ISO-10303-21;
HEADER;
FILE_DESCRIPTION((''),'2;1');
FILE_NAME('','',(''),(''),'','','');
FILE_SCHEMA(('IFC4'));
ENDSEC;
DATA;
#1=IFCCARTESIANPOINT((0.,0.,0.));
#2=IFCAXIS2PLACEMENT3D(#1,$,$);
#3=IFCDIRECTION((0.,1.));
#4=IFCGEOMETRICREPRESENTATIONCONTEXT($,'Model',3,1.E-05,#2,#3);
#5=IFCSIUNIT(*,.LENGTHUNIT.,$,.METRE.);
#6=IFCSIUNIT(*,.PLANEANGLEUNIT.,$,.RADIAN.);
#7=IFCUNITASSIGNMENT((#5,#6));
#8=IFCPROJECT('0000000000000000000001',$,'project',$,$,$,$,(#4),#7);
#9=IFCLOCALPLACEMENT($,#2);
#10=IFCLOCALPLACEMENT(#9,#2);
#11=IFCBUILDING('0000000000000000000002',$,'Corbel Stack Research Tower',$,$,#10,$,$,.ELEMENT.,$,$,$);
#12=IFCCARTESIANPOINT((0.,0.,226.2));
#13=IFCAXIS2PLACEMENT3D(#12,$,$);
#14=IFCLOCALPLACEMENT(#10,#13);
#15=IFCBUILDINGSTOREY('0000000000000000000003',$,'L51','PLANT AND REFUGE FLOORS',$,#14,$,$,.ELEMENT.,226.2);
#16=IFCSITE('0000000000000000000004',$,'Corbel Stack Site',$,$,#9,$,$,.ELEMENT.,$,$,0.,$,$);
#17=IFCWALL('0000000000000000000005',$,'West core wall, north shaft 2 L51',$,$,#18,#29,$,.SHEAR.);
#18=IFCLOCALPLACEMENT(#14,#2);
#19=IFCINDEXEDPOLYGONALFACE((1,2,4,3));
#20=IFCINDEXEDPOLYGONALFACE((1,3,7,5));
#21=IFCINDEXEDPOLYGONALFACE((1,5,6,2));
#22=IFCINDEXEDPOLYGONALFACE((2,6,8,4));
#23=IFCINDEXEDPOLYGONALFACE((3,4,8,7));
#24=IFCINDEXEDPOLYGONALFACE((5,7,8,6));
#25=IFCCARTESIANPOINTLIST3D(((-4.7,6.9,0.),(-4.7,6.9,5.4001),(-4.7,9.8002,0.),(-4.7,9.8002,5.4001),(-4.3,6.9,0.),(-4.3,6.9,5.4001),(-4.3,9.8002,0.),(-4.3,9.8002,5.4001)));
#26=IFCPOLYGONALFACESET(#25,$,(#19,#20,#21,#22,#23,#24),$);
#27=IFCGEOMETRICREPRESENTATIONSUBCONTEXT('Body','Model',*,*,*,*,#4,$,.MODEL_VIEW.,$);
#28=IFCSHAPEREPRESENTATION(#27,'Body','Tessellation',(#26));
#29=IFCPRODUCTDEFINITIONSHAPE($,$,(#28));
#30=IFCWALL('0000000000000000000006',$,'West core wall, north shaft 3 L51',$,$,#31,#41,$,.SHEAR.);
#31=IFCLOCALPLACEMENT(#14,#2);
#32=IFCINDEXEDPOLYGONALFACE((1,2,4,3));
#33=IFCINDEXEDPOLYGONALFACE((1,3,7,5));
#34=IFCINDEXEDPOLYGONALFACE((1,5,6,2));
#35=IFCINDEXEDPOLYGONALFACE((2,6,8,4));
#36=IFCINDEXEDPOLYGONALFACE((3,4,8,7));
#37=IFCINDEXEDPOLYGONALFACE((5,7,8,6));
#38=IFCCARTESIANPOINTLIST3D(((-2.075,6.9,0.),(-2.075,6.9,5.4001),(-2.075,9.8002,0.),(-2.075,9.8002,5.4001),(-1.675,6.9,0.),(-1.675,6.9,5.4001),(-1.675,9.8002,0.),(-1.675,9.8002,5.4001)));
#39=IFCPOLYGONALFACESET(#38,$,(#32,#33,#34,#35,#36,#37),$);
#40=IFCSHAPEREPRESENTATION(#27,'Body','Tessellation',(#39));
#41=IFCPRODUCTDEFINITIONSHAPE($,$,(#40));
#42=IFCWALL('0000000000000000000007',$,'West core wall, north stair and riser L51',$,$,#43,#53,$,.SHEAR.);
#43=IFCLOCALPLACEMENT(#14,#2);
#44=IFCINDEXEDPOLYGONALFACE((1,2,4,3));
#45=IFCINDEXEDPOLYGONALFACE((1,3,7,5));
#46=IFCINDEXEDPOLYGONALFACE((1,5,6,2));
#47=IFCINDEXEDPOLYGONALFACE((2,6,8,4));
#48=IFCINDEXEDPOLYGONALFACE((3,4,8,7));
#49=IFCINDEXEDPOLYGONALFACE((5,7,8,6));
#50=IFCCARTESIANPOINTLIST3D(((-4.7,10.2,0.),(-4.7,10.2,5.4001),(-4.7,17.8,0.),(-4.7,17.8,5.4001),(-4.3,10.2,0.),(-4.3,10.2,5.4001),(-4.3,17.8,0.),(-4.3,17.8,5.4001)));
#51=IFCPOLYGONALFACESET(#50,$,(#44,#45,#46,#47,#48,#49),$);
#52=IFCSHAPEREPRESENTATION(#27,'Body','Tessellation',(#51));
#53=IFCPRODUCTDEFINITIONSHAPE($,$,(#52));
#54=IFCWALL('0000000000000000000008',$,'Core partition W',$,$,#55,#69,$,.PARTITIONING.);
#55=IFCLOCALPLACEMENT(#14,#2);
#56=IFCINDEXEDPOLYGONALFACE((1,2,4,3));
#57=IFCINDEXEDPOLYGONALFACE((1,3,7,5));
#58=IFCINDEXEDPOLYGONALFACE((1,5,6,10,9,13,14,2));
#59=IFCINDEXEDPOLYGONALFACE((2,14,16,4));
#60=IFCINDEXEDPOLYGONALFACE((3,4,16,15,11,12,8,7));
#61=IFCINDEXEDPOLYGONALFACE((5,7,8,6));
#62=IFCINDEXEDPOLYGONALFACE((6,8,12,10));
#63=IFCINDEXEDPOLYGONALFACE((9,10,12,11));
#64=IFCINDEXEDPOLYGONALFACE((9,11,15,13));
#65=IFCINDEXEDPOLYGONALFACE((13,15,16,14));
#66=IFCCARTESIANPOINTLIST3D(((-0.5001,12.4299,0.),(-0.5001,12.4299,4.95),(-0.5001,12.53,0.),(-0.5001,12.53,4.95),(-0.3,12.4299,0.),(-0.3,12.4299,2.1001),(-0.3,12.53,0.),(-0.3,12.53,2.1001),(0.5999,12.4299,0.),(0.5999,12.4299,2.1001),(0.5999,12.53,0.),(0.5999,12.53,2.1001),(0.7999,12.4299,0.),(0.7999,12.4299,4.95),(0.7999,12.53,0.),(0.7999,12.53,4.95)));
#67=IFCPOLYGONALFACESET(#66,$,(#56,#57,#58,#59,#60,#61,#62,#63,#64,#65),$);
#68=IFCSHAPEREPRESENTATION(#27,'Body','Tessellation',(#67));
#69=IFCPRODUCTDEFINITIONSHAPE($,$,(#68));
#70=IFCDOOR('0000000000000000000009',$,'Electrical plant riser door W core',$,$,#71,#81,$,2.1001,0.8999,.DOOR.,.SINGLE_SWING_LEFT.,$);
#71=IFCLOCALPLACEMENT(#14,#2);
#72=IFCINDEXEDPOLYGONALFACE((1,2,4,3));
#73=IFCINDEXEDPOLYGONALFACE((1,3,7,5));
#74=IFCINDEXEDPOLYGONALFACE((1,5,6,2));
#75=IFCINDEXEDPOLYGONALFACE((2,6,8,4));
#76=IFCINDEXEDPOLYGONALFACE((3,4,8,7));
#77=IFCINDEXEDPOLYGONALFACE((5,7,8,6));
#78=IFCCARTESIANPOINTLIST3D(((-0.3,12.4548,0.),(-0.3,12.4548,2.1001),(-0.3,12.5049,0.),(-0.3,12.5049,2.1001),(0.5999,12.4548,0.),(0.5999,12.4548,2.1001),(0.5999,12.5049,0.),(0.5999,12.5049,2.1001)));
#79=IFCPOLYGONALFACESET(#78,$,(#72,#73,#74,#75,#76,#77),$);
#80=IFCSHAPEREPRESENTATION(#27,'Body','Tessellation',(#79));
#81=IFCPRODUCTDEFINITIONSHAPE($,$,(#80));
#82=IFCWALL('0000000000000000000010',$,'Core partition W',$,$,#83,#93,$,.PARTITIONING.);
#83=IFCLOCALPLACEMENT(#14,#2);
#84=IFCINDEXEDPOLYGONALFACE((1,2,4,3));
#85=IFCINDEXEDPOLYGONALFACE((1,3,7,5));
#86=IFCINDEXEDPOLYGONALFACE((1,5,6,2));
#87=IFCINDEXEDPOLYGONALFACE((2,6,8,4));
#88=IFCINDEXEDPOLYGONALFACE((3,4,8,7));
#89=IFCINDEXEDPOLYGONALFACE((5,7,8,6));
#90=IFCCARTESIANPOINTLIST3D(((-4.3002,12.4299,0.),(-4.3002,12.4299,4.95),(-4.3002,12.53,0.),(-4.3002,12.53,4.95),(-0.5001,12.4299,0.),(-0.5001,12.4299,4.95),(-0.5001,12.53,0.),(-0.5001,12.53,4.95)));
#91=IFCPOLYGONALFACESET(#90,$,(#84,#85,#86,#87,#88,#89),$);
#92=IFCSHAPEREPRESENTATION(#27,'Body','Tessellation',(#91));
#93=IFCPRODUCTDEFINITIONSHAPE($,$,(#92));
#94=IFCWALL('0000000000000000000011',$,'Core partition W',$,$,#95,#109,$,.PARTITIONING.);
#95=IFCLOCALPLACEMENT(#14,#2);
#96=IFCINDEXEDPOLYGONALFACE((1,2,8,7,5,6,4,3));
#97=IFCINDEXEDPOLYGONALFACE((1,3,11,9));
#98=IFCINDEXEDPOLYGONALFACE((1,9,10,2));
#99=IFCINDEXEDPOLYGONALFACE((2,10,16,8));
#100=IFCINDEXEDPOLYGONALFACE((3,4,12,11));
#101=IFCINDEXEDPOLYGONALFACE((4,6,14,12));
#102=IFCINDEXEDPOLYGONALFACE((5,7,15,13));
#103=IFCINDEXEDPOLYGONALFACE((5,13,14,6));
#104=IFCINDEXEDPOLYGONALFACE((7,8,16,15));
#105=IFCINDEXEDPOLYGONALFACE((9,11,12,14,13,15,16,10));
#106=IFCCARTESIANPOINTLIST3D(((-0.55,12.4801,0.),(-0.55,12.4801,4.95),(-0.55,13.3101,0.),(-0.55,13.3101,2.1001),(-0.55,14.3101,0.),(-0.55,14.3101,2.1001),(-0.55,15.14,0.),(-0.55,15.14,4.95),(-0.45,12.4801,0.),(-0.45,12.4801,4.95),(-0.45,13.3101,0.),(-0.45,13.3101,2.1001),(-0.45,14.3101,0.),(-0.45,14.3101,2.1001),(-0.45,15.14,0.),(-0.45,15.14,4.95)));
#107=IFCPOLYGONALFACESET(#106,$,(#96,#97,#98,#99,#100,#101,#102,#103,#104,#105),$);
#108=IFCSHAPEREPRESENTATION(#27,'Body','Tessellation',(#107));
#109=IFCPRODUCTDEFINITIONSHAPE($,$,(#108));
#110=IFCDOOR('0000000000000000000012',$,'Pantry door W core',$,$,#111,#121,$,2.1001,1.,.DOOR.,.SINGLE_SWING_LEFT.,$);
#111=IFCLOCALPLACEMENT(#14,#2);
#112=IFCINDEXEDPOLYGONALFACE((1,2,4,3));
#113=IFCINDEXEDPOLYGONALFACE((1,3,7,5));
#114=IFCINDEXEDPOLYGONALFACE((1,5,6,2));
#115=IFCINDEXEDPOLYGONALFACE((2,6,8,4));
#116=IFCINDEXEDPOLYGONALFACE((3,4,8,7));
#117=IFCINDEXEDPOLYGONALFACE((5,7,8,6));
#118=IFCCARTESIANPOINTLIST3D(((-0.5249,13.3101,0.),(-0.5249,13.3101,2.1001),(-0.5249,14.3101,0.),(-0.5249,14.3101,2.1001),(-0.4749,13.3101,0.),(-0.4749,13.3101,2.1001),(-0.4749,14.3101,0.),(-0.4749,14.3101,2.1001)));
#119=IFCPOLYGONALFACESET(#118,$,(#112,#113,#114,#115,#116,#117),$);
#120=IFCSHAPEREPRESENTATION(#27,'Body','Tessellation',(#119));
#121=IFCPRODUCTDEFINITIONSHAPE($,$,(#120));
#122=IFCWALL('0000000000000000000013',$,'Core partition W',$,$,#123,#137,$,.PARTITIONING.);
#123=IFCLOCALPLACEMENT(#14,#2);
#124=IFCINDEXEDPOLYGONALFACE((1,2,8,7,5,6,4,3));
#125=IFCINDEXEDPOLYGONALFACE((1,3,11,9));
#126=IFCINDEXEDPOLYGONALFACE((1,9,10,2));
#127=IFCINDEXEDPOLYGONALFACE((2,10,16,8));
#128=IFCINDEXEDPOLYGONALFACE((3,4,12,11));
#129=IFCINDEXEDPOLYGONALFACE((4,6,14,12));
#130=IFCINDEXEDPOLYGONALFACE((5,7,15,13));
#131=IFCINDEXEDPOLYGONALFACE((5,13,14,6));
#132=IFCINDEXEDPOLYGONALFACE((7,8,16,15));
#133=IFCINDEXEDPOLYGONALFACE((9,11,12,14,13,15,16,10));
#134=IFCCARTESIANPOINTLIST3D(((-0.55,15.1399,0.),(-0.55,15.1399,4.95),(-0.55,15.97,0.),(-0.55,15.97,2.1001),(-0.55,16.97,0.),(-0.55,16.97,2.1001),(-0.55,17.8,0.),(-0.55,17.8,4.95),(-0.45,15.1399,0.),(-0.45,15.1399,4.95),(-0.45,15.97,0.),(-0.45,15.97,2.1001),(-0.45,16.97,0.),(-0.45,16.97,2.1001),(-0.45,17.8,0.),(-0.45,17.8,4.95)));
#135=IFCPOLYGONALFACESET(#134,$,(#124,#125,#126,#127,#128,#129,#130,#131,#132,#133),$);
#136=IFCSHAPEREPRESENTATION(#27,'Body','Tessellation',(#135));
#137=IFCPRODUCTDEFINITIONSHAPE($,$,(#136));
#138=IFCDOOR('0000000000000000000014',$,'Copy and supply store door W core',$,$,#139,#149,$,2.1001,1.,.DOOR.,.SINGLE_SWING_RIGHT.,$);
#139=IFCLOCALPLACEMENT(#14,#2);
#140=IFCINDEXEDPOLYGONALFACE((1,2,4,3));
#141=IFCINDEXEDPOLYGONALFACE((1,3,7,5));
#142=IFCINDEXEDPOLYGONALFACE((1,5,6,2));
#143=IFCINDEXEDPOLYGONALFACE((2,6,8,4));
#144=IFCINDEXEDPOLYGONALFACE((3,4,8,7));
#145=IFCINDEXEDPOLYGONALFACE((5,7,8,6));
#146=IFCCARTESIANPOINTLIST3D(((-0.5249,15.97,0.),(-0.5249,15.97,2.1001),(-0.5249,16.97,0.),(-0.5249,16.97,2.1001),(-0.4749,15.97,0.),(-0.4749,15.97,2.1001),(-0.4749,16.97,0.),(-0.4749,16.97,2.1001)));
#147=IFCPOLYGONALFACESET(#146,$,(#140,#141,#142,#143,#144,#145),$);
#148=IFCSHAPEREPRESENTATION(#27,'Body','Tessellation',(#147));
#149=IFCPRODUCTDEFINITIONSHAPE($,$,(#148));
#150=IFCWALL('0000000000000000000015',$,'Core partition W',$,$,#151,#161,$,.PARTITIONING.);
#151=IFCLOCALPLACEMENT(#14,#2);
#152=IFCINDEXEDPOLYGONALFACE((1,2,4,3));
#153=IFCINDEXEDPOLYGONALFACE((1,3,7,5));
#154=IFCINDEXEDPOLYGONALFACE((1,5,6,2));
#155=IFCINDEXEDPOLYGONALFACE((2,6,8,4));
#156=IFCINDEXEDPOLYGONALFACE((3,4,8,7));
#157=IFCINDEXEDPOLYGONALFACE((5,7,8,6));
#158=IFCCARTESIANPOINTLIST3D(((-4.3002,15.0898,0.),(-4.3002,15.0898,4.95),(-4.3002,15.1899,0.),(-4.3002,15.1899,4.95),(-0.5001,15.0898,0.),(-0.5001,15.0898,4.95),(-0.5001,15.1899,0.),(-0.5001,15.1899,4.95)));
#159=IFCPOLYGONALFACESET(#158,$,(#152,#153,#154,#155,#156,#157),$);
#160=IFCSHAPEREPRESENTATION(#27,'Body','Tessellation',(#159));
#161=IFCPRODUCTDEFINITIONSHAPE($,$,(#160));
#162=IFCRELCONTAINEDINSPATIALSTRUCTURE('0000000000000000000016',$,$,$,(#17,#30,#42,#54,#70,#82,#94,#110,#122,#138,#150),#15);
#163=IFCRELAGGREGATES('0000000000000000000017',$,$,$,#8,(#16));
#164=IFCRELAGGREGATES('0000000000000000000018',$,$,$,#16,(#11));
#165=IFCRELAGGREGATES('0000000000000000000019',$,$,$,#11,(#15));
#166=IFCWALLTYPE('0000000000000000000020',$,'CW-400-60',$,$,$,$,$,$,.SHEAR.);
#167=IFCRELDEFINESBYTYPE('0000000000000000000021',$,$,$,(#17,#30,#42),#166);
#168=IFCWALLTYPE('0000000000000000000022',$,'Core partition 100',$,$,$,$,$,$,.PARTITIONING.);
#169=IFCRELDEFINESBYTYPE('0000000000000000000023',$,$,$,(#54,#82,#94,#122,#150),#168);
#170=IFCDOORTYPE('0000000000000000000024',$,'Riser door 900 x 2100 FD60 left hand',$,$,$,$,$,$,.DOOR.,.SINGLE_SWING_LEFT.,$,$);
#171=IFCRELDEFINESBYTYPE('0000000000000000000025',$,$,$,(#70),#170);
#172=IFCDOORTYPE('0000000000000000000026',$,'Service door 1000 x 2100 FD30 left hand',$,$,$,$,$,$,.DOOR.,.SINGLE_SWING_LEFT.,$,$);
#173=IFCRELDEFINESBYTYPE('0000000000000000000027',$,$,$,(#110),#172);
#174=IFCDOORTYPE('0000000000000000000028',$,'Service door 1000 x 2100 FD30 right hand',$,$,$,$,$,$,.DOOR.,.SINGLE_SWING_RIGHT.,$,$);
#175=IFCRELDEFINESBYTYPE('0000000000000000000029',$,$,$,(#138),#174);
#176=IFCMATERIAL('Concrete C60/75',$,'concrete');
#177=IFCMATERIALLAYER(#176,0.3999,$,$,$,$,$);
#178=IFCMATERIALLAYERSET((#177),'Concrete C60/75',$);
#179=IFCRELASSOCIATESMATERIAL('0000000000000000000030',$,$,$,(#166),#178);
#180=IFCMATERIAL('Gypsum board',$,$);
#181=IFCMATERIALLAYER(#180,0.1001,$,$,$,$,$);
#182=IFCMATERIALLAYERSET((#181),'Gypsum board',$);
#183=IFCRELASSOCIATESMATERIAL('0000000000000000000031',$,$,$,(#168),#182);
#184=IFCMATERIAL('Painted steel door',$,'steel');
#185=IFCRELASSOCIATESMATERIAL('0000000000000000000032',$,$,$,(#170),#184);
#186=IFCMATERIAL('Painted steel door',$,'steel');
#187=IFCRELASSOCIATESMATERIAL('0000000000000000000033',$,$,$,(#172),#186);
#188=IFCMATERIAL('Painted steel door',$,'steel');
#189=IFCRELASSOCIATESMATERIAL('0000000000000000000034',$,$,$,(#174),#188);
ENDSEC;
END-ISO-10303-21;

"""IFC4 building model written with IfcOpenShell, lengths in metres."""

from ifc_helpers import new_model, si_unit, direction, frame, frame_2d, origin, place, context, subcontext, project, spatial, rectangle, extrude, material, layer, layer_set, type_object, element, fill, save


model = new_model("IFC4")

# Units and contexts
model_context = context("Model", 3, precision=1e-05, world=origin(), true_north=direction((0.0, 1.0)))
body_context = subcontext(model_context, "Body", "Model", "MODEL_VIEW")
ifc_project = project(units=[si_unit("LENGTHUNIT", "METRE"), si_unit("PLANEANGLEUNIT", "RADIAN")], contexts=[model_context])

# Site, building, storey
site_placement = place(None, origin())
site = spatial("IfcSite", under=ifc_project, at=site_placement, Name="Corbel Stack Site", CompositionType="ELEMENT", RefElevation=0.0)
building_placement = place(site_placement, origin())
building = spatial("IfcBuilding", under=site, at=building_placement, Name="Corbel Stack Research Tower", CompositionType="ELEMENT")
storey_placement = place(building_placement, frame((0.0, 0.0, 226.2)))
storey = spatial("IfcBuildingStorey", under=building, at=storey_placement, Name="L51", Description="PLANT AND REFUGE FLOORS", CompositionType="ELEMENT", Elevation=226.2)

# Walls
ifc_material_1 = material(Name="Concrete C60/75", Category="concrete")
ifc_layer_1 = layer(ifc_material_1, 0.3999)
ifc_layer_set_1 = layer_set([ifc_layer_1], Name="Concrete C60/75")
wall_type_1 = type_object("IfcWallType", Name="CW-400-60", PredefinedType="SHEAR", material=ifc_layer_set_1)
for number, where, z_axis, x_axis, name in (
    (1, (-4.5, 6.8999, 0.0), (0.0, 0.0, 1.0), (0.0, 1.0, 0.0), "West core wall, north shaft 2 L51"),
    (2, (-1.875, 6.8999, 0.0), (0.0, 0.0, 1.0), (0.0, 1.0, 0.0), "West core wall, north shaft 3 L51"),
):
    element("IfcWall", number, at=place(storey_placement, frame(where, z_axis=z_axis, x_axis=x_axis)), inside=storey, type_object=wall_type_1, Name=name, PredefinedType="SHEAR", context=body_context, shape_type="SweptSolid", body=[
        extrude(rectangle(XDim=2.9001, YDim=0.3999, at=frame_2d((1.4502, 0.0))), origin(), (0.0, 0.0, 1.0), 5.4001),
    ])
wall_1_placement = place(storey_placement, frame((-4.5, 10.2, 0.0), z_axis=(0.0, 0.0, 1.0), x_axis=(0.0, 1.0, 0.0)))
element("IfcWall", 3, at=wall_1_placement, inside=storey, type_object=wall_type_1, Name="West core wall, north stair and riser L51", PredefinedType="SHEAR", context=body_context, shape_type="SweptSolid", body=[
    extrude(rectangle(XDim=7.6001, YDim=0.3999, at=frame_2d((3.8, 0.0))), origin(), (0.0, 0.0, 1.0), 5.4001),
])

# Wall, opening, door
ifc_material_2 = material(Name="Gypsum board")
ifc_layer_2 = layer(ifc_material_2, 0.1001)
ifc_layer_set_2 = layer_set([ifc_layer_2], Name="Gypsum board")
wall_type_2 = type_object("IfcWallType", Name="Core partition 100", PredefinedType="PARTITIONING", material=ifc_layer_set_2)
wall_2_placement = place(storey_placement, frame((-0.5, 12.48, 0.0), z_axis=(0.0, 0.0, 1.0), x_axis=(1.0, 0.0, 0.0)))
wall_2 = element("IfcWall", 4, at=wall_2_placement, inside=storey, type_object=wall_type_2, Name="Core partition W", PredefinedType="PARTITIONING", context=body_context, shape_type="SweptSolid", body=[
    extrude(rectangle(XDim=1.3, YDim=0.1001, at=frame_2d((0.6499, 0.0))), origin(), (0.0, 0.0, 1.0), 4.95),
])
opening_1_placement = place(wall_2_placement, frame((0.2, 0.0, 0.0)))
opening_1 = element("IfcOpeningElement", 5, at=opening_1_placement, cuts=wall_2, PredefinedType="OPENING", context=body_context, shape_type="SweptSolid", body=[
    extrude(rectangle(XDim=0.8999, YDim=2.1001, at=frame_2d((0.45, 1.05))), frame((0.0, 0.0601, 0.0), z_axis=(0.0, -1.0, 0.0), x_axis=(1.0, 0.0, 0.0)), (0.0, 0.0, 1.0), 0.1201),
])
ifc_material_3 = material(Name="Painted steel door", Category="steel")
door_type_1 = type_object("IfcDoorType", Name="Riser door 900 x 2100 FD60 left hand", OperationType="SINGLE_SWING_LEFT", PredefinedType="DOOR", material=ifc_material_3)
door_1_placement = place(opening_1_placement, origin())
door_1 = element("IfcDoor", 6, at=door_1_placement, inside=storey, type_object=door_type_1, Name="Electrical plant riser door W core", OperationType="SINGLE_SWING_LEFT", OverallHeight=2.1001, OverallWidth=0.8999, PredefinedType="DOOR", context=body_context, shape_type="SweptSolid", body=[
    extrude(rectangle(XDim=0.8999, YDim=2.1001, at=frame_2d((0.45, 1.05))), frame((0.0, 0.0249, 0.0), z_axis=(0.0, -1.0, 0.0), x_axis=(1.0, 0.0, 0.0)), (0.0, 0.0, 1.0), 0.05),
])
fill(opening_1, door_1)

# Wall
wall_3_placement = place(storey_placement, frame((-4.3, 12.48, 0.0), z_axis=(0.0, 0.0, 1.0), x_axis=(1.0, 0.0, 0.0)))
element("IfcWall", 7, at=wall_3_placement, inside=storey, type_object=wall_type_2, Name="Core partition W", PredefinedType="PARTITIONING", context=body_context, shape_type="SweptSolid", body=[
    extrude(rectangle(XDim=3.8, YDim=0.1001, at=frame_2d((1.8999, 0.0))), origin(), (0.0, 0.0, 1.0), 4.95),
])

# Walls, openings, doors
wall_4_placement = place(storey_placement, frame((-0.5, 12.48, 0.0), z_axis=(0.0, 0.0, 1.0), x_axis=(0.0, 1.0, 0.0)))
wall_4 = element("IfcWall", 8, at=wall_4_placement, inside=storey, type_object=wall_type_2, Name="Core partition W", PredefinedType="PARTITIONING", context=body_context, shape_type="SweptSolid", body=[
    extrude(rectangle(XDim=2.6599, YDim=0.1001, at=frame_2d((1.3301, 0.0))), origin(), (0.0, 0.0, 1.0), 4.95),
])
opening_2_placement = place(wall_4_placement, frame((0.8301, 0.0, 0.0)))
opening_2 = element("IfcOpeningElement", 9, at=opening_2_placement, cuts=wall_4, PredefinedType="OPENING", context=body_context, shape_type="SweptSolid", body=[
    extrude(rectangle(XDim=1.0, YDim=2.1001, at=frame_2d((0.5, 1.05))), frame((0.0, 0.0601, 0.0), z_axis=(0.0, -1.0, 0.0), x_axis=(1.0, 0.0, 0.0)), (0.0, 0.0, 1.0), 0.1201),
])
ifc_material_4 = material(Name="Painted steel door", Category="steel")
door_type_2 = type_object("IfcDoorType", Name="Service door 1000 x 2100 FD30 left hand", OperationType="SINGLE_SWING_LEFT", PredefinedType="DOOR", material=ifc_material_4)
door_2_placement = place(opening_2_placement, origin())
door_2 = element("IfcDoor", 10, at=door_2_placement, inside=storey, type_object=door_type_2, Name="Pantry door W core", OperationType="SINGLE_SWING_LEFT", OverallHeight=2.1001, OverallWidth=1.0, PredefinedType="DOOR", context=body_context, shape_type="SweptSolid", body=[
    extrude(rectangle(XDim=1.0, YDim=2.1001, at=frame_2d((0.5, 1.05))), frame((0.0, 0.0249, 0.0), z_axis=(0.0, -1.0, 0.0), x_axis=(1.0, 0.0, 0.0)), (0.0, 0.0, 1.0), 0.05),
])
fill(opening_2, door_2)
wall_5_placement = place(storey_placement, frame((-0.5, 15.1399, 0.0), z_axis=(0.0, 0.0, 1.0), x_axis=(0.0, 1.0, 0.0)))
wall_5 = element("IfcWall", 11, at=wall_5_placement, inside=storey, type_object=wall_type_2, Name="Core partition W", PredefinedType="PARTITIONING", context=body_context, shape_type="SweptSolid", body=[
    extrude(rectangle(XDim=2.6602, YDim=0.1001, at=frame_2d((1.3301, 0.0))), origin(), (0.0, 0.0, 1.0), 4.95),
])
opening_3_placement = place(wall_5_placement, frame((0.8301, 0.0, 0.0)))
opening_3 = element("IfcOpeningElement", 12, at=opening_3_placement, cuts=wall_5, PredefinedType="OPENING", context=body_context, shape_type="SweptSolid", body=[
    extrude(rectangle(XDim=1.0, YDim=2.1001, at=frame_2d((0.5, 1.05))), frame((0.0, 0.0601, 0.0), z_axis=(0.0, -1.0, 0.0), x_axis=(1.0, 0.0, 0.0)), (0.0, 0.0, 1.0), 0.1201),
])
ifc_material_5 = material(Name="Painted steel door", Category="steel")
door_type_3 = type_object("IfcDoorType", Name="Service door 1000 x 2100 FD30 right hand", OperationType="SINGLE_SWING_RIGHT", PredefinedType="DOOR", material=ifc_material_5)
door_3_placement = place(opening_3_placement, origin())
door_3 = element("IfcDoor", 13, at=door_3_placement, inside=storey, type_object=door_type_3, Name="Copy and supply store door W core", OperationType="SINGLE_SWING_RIGHT", OverallHeight=2.1001, OverallWidth=1.0, PredefinedType="DOOR", context=body_context, shape_type="SweptSolid", body=[
    extrude(rectangle(XDim=1.0, YDim=2.1001, at=frame_2d((0.5, 1.05))), frame((0.0, 0.0249, 0.0), z_axis=(0.0, -1.0, 0.0), x_axis=(1.0, 0.0, 0.0)), (0.0, 0.0, 1.0), 0.05),
])
fill(opening_3, door_3)

# Wall
wall_6_placement = place(storey_placement, frame((-4.3, 15.1399, 0.0), z_axis=(0.0, 0.0, 1.0), x_axis=(1.0, 0.0, 0.0)))
element("IfcWall", 14, at=wall_6_placement, inside=storey, type_object=wall_type_2, Name="Core partition W", PredefinedType="PARTITIONING", context=body_context, shape_type="SweptSolid", body=[
    extrude(rectangle(XDim=3.8, YDim=0.1001, at=frame_2d((1.8999, 0.0))), origin(), (0.0, 0.0, 1.0), 4.95),
])

save(model, "model.ifc")
